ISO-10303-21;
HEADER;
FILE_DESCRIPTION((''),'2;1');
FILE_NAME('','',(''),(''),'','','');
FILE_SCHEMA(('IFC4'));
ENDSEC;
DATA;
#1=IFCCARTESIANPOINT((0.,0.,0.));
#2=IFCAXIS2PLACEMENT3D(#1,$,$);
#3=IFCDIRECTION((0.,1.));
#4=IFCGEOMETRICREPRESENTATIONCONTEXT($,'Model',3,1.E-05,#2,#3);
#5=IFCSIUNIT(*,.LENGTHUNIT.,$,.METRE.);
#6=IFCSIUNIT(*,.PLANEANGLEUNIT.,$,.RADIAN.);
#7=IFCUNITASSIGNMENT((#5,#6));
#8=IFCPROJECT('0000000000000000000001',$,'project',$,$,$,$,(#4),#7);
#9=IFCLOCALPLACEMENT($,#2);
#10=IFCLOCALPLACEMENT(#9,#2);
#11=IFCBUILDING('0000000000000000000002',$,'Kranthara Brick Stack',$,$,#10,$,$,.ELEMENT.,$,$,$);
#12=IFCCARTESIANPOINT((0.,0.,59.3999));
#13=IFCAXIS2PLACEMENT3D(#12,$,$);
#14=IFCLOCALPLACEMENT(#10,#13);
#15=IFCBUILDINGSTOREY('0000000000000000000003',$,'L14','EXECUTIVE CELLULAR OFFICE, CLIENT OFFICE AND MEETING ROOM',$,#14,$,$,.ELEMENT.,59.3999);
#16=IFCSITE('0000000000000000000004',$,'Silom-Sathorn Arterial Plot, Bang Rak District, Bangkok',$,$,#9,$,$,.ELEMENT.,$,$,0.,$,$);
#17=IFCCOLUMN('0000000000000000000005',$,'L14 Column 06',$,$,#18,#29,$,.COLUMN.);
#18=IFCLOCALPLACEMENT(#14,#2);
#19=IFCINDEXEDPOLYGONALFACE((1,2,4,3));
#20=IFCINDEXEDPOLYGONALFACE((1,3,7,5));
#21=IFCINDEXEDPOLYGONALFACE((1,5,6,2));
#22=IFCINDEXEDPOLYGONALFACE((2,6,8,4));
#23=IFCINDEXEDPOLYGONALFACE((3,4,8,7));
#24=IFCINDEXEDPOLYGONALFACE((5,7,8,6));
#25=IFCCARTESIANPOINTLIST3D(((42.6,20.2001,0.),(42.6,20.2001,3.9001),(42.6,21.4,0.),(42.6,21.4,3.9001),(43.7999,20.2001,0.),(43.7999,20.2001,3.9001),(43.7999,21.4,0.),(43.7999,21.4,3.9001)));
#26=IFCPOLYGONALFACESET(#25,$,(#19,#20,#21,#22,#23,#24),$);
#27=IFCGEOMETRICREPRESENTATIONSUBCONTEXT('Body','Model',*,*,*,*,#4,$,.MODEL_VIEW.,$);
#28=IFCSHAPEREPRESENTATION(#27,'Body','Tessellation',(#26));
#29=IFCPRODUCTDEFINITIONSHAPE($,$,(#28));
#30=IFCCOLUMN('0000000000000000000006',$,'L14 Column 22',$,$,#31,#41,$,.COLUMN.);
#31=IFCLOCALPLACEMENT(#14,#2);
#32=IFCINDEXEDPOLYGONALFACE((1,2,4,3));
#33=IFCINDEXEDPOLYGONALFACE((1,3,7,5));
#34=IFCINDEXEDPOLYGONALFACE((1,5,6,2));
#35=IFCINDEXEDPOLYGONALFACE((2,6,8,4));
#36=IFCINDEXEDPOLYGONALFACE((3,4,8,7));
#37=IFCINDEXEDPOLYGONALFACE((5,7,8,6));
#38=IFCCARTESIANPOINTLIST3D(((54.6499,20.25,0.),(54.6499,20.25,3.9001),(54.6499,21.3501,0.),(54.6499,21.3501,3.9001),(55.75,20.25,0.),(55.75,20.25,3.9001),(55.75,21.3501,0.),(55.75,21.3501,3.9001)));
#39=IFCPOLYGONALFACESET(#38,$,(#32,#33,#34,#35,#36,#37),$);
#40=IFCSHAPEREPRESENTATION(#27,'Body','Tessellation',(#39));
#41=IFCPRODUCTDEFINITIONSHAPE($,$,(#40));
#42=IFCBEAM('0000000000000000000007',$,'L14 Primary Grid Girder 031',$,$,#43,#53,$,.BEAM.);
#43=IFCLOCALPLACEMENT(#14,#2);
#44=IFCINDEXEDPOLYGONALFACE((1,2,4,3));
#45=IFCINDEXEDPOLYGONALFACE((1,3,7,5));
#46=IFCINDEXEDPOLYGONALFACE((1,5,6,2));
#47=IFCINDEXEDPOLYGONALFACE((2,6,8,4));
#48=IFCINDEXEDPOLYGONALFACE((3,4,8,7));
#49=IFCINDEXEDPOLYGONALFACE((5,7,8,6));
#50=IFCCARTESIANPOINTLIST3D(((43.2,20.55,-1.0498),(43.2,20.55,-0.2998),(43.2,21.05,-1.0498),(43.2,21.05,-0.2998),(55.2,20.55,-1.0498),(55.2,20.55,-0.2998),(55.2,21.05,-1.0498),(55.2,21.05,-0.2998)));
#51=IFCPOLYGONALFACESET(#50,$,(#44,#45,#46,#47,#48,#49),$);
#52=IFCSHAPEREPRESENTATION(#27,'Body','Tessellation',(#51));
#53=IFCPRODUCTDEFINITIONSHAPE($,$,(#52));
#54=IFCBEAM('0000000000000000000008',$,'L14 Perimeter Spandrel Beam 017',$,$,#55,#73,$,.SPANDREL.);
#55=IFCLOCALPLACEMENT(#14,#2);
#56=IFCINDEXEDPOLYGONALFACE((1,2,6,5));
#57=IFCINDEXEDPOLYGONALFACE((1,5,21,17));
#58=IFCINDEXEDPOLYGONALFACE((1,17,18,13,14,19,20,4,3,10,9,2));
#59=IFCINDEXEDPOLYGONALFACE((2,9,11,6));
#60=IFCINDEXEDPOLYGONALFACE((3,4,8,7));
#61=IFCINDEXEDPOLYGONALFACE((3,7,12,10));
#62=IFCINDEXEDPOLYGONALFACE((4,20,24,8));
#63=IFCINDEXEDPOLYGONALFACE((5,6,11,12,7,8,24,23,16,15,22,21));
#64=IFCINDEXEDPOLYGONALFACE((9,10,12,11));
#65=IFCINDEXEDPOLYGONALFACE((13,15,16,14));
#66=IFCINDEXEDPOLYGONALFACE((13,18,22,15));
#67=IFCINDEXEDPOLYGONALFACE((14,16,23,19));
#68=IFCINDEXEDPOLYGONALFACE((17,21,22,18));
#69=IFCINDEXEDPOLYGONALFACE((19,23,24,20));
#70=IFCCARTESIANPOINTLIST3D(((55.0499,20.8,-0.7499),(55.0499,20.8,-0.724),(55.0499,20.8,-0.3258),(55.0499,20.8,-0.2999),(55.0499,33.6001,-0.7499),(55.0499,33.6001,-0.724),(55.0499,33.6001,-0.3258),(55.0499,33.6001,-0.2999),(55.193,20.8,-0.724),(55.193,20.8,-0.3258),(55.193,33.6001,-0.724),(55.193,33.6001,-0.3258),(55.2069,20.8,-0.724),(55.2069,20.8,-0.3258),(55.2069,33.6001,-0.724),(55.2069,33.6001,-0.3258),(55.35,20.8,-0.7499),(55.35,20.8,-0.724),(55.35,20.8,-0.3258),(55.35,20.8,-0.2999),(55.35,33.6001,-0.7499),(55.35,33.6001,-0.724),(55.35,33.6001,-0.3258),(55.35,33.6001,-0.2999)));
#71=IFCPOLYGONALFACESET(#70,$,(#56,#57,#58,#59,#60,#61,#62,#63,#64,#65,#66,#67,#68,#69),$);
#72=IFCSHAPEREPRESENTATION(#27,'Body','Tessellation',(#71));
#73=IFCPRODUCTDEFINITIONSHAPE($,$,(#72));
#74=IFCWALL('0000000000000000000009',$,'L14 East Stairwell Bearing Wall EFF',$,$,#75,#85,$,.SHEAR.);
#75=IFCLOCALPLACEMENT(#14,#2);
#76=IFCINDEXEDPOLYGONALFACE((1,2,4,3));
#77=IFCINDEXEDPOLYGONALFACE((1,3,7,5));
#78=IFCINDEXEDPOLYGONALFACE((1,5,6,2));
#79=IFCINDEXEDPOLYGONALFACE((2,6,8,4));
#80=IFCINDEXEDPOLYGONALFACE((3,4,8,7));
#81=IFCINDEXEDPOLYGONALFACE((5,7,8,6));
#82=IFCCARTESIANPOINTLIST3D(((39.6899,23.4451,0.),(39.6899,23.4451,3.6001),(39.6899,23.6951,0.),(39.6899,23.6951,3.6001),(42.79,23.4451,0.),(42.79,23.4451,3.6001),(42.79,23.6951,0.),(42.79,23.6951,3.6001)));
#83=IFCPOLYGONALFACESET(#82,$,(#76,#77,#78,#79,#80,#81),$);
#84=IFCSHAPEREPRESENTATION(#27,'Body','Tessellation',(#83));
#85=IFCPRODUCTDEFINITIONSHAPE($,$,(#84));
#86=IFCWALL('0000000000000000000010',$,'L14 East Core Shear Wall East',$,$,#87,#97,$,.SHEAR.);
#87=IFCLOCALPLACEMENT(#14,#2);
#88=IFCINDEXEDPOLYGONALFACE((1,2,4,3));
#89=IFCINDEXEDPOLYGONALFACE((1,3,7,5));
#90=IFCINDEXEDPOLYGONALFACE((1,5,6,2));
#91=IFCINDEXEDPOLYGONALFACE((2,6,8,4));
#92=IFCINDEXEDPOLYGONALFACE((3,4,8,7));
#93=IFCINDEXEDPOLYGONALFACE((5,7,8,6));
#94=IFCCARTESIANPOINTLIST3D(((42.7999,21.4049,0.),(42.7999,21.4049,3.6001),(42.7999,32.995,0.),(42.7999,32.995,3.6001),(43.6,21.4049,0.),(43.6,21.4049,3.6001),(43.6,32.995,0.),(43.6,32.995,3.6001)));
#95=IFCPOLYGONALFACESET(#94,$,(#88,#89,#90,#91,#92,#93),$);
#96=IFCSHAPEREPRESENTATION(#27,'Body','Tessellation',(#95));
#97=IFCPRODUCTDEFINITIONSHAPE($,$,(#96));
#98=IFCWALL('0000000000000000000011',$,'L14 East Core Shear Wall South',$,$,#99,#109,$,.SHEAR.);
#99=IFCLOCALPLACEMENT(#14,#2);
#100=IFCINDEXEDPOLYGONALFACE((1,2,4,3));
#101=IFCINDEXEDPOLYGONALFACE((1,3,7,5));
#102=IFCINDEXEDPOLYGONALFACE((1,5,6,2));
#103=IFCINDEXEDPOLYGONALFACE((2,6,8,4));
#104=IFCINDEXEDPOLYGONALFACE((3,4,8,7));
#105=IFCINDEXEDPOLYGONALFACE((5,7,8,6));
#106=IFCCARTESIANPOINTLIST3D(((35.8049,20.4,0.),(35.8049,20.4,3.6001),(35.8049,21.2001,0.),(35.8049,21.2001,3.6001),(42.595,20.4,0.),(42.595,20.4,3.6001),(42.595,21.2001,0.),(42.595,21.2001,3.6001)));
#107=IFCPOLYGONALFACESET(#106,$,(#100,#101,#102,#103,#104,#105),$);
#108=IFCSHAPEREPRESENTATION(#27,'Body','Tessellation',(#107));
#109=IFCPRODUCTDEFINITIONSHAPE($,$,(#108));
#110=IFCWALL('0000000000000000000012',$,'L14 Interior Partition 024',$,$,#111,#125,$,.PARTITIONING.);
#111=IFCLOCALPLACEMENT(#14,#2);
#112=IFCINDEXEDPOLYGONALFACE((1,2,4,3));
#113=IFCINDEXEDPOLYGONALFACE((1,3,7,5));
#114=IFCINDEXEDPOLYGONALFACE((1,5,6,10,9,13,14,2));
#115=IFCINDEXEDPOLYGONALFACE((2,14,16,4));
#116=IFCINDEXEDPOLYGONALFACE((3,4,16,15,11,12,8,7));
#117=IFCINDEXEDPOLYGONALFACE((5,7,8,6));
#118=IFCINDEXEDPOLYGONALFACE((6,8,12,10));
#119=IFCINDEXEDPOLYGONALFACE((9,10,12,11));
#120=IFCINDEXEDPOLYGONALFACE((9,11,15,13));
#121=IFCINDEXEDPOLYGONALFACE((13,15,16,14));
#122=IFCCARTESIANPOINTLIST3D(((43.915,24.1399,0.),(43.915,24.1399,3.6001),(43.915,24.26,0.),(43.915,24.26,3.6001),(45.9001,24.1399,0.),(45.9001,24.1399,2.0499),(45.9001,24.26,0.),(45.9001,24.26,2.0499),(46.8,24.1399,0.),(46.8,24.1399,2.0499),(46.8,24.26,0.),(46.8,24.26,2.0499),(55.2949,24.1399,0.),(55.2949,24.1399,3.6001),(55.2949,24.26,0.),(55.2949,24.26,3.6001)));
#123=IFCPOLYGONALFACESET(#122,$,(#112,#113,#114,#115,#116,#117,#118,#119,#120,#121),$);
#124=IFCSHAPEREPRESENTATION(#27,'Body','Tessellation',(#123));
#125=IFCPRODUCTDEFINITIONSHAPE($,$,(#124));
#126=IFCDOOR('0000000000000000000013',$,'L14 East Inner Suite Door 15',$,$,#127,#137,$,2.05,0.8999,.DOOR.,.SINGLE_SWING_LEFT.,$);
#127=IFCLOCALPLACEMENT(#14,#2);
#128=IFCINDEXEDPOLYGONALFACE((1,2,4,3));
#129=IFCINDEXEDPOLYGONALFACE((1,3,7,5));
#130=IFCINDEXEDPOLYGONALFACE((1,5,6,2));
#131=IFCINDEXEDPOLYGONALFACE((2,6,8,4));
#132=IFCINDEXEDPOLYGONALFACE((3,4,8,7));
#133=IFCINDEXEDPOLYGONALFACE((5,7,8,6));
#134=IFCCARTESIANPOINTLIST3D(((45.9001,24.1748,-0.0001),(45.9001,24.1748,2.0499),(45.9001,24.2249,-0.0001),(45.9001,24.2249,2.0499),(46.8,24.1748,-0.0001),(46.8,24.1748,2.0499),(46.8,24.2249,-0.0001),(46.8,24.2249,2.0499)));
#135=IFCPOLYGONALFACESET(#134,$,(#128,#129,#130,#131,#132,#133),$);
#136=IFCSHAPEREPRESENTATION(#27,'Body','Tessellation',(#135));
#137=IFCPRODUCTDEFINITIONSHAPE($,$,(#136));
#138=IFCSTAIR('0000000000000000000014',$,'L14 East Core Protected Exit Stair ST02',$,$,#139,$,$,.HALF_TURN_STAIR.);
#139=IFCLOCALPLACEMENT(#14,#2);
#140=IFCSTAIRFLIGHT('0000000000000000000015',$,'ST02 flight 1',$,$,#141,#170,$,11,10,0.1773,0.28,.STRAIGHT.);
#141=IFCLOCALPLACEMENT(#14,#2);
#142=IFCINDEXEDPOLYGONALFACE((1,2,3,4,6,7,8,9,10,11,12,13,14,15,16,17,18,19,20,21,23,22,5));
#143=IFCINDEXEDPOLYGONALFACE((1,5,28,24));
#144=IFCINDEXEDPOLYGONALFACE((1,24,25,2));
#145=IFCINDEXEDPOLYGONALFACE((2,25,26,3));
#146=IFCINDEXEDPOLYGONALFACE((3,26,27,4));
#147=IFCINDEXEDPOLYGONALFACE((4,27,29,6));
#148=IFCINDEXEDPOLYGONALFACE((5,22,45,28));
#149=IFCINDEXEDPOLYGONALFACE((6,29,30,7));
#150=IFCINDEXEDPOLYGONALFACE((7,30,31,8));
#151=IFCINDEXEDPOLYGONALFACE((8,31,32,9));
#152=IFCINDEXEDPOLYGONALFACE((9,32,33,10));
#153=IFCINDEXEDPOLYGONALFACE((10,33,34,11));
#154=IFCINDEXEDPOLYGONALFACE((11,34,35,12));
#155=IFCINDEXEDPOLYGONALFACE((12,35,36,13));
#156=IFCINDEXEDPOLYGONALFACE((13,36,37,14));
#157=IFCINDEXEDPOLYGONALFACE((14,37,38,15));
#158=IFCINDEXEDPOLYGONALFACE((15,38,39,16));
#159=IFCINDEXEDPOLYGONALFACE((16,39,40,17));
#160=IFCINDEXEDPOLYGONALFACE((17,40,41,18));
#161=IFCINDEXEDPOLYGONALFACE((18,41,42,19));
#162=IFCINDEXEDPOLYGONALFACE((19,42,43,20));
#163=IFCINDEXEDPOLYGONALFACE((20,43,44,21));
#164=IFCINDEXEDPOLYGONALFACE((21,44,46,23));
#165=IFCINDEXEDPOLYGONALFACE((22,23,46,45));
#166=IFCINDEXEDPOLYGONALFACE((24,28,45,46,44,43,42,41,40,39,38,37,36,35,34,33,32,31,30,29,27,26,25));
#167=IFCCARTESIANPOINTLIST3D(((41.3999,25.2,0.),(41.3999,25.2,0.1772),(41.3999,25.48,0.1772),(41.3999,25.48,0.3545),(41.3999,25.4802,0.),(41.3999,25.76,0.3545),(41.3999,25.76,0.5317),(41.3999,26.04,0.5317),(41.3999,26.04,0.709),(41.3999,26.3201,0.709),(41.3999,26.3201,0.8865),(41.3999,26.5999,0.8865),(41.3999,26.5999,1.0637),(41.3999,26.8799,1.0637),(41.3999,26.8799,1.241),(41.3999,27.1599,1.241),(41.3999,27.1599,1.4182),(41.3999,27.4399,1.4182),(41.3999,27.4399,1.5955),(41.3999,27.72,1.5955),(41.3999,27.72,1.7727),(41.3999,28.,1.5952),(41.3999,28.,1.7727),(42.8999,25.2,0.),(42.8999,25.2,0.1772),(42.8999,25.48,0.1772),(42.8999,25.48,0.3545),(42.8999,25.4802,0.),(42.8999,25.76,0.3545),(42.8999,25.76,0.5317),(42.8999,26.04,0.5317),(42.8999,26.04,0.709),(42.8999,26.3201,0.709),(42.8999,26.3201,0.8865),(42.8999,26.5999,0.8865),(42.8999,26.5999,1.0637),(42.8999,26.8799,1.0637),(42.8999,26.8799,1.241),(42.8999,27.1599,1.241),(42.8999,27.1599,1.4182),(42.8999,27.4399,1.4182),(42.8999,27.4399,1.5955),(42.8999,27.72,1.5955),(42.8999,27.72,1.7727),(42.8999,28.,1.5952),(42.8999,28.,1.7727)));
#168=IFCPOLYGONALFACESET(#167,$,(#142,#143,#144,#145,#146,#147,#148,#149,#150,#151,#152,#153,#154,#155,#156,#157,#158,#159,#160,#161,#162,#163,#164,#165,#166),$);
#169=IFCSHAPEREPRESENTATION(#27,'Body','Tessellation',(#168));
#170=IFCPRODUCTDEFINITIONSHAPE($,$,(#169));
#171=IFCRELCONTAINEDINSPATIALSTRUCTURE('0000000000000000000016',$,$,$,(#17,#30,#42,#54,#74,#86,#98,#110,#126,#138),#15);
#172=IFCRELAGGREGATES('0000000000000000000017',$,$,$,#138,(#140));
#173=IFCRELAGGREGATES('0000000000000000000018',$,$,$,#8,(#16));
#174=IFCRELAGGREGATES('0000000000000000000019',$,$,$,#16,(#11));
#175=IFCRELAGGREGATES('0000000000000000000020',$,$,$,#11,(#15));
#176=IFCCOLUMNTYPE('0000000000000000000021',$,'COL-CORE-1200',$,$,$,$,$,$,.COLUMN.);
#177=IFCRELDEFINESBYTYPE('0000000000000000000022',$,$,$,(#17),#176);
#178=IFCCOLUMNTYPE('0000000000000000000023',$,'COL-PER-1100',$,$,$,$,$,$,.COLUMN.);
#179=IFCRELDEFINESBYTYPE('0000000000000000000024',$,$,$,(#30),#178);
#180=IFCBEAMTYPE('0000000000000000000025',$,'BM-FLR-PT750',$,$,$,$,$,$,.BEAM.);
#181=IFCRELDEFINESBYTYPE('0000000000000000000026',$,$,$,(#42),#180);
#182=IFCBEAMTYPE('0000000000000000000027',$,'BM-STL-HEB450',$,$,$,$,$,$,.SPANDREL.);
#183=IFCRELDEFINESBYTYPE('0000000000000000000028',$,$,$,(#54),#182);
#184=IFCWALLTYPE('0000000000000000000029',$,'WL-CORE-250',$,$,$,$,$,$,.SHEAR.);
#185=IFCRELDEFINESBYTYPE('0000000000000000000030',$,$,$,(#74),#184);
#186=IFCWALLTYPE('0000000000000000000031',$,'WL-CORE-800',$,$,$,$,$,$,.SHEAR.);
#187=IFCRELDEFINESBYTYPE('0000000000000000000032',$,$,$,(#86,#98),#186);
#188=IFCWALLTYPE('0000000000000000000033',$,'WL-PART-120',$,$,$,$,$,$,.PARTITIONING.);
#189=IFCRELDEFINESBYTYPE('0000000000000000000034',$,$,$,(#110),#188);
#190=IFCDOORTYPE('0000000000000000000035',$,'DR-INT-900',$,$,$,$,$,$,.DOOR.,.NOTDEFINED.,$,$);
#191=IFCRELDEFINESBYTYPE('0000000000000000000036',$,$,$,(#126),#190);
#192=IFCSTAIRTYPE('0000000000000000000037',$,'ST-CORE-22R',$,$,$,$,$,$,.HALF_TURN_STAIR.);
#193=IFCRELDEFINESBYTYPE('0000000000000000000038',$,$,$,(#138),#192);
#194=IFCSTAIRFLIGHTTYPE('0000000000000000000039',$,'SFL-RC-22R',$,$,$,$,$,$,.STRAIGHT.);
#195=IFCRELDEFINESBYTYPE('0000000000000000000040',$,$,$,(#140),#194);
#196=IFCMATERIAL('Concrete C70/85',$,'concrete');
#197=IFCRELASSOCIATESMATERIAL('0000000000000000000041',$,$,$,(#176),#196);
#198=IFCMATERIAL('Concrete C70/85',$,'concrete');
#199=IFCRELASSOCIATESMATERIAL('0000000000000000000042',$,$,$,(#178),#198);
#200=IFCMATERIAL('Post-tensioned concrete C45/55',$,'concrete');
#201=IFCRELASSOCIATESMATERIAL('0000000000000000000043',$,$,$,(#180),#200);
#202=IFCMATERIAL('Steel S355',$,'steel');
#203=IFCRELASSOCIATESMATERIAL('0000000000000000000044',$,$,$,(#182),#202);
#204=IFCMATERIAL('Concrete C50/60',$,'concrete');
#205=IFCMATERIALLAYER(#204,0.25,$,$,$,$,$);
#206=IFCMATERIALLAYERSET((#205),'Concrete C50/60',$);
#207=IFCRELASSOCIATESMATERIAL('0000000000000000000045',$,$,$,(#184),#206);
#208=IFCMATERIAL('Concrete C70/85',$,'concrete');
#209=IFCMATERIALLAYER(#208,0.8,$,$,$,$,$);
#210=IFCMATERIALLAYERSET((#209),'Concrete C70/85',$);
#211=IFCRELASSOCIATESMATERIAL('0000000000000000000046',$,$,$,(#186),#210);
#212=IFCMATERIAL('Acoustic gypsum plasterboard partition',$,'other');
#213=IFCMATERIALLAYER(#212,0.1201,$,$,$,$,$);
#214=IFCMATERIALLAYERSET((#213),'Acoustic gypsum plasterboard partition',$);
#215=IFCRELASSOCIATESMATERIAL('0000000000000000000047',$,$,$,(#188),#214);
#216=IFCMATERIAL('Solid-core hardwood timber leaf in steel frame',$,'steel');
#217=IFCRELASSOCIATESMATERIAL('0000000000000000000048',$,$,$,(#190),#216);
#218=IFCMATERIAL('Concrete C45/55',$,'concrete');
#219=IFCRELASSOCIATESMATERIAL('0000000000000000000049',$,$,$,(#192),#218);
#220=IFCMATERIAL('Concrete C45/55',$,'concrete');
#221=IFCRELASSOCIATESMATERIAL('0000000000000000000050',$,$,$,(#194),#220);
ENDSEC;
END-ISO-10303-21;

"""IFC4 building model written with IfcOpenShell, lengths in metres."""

from ifc_helpers import new_model, si_unit, direction, frame, frame_2d, origin, origin_2d, place, context, subcontext, project, spatial, polyline, rectangle, i_section, outline, extrude, material, layer, layer_set, material_profile, profile_set, type_object, element, fill, aggregate, save


model = new_model("IFC4")

# Units and contexts
model_context = context("Model", 3, precision=1e-05, world=origin(), true_north=direction((0.0, 1.0)))
body_context = subcontext(model_context, "Body", "Model", "MODEL_VIEW")
ifc_project = project(units=[si_unit("LENGTHUNIT", "METRE"), si_unit("PLANEANGLEUNIT", "RADIAN")], contexts=[model_context])

# Site, building, storey
site_placement = place(None, origin())
site = spatial("IfcSite", under=ifc_project, at=site_placement, Name="Silom-Sathorn Arterial Plot, Bang Rak District, Bangkok", CompositionType="ELEMENT", RefElevation=0.0)
building_placement = place(site_placement, origin())
building = spatial("IfcBuilding", under=site, at=building_placement, Name="Kranthara Brick Stack", CompositionType="ELEMENT")
storey_placement = place(building_placement, frame((0.0, 0.0, 59.3999)))
storey = spatial("IfcBuildingStorey", under=building, at=storey_placement, Name="L14", Description="EXECUTIVE CELLULAR OFFICE, CLIENT OFFICE AND MEETING ROOM", CompositionType="ELEMENT", Elevation=59.3999)

# Columns
ifc_material_1 = material(Name="Concrete C70/85", Category="concrete")
ifc_material_profile_1 = material_profile(ifc_material_1, rectangle(XDim=1.2, YDim=1.2, at=origin_2d()), Name="RC 1200x1200")
ifc_profile_set_1 = profile_set([ifc_material_profile_1], Name="Concrete C70/85")
column_type_1 = type_object("IfcColumnType", Name="COL-CORE-1200", PredefinedType="COLUMN", material=ifc_profile_set_1)
column_1_placement = place(storey_placement, frame((43.2, 20.8, 0.0), z_axis=(0.0, 0.0, 1.0), x_axis=(1.0, 0.0, 0.0)))
element("IfcColumn", 1, at=column_1_placement, inside=storey, type_object=column_type_1, Name="L14 Column 06", PredefinedType="COLUMN", context=body_context, shape_type="SweptSolid", body=[
    extrude(rectangle(XDim=1.2, YDim=1.2, at=origin_2d()), origin(), (0.0, 0.0, 1.0), 3.9001),
])
ifc_material_2 = material(Name="Concrete C70/85", Category="concrete")
ifc_material_profile_2 = material_profile(ifc_material_2, rectangle(XDim=1.1001, YDim=1.1001, at=origin_2d()), Name="RC 1100x1100")
ifc_profile_set_2 = profile_set([ifc_material_profile_2], Name="Concrete C70/85")
column_type_2 = type_object("IfcColumnType", Name="COL-PER-1100", PredefinedType="COLUMN", material=ifc_profile_set_2)
column_2_placement = place(storey_placement, frame((55.2, 20.8, 0.0), z_axis=(0.0, 0.0, 1.0), x_axis=(1.0, 0.0, 0.0)))
element("IfcColumn", 2, at=column_2_placement, inside=storey, type_object=column_type_2, Name="L14 Column 22", PredefinedType="COLUMN", context=body_context, shape_type="SweptSolid", body=[
    extrude(rectangle(XDim=1.1001, YDim=1.1001, at=origin_2d()), origin(), (0.0, 0.0, 1.0), 3.9001),
])

# Beams
ifc_material_3 = material(Name="Post-tensioned concrete C45/55", Category="concrete")
ifc_material_profile_3 = material_profile(ifc_material_3, rectangle(XDim=0.5, YDim=0.75, at=origin_2d()), Name="PT 500x750")
ifc_profile_set_3 = profile_set([ifc_material_profile_3], Name="Post-tensioned concrete C45/55")
beam_type_1 = type_object("IfcBeamType", Name="BM-FLR-PT750", PredefinedType="BEAM", material=ifc_profile_set_3)
beam_1_placement = place(storey_placement, frame((43.2, 20.8, -0.6748), z_axis=(1.0, 0.0, 0.0), x_axis=(0.0, 1.0, 0.0)))
element("IfcBeam", 3, at=beam_1_placement, inside=storey, type_object=beam_type_1, Name="L14 Primary Grid Girder 031", PredefinedType="BEAM", context=body_context, shape_type="SweptSolid", body=[
    extrude(rectangle(XDim=0.5, YDim=0.75, at=origin_2d()), origin(), (0.0, 0.0, 1.0), 12.0),
])
ifc_material_4 = material(Name="Steel S355", Category="steel")
ifc_material_profile_4 = material_profile(ifc_material_4, i_section(OverallWidth=0.3, OverallDepth=0.45, WebThickness=0.0139, FlangeThickness=0.0259, at=origin_2d()), Name="HEB 450")
ifc_profile_set_4 = profile_set([ifc_material_profile_4], Name="Steel S355")
beam_type_2 = type_object("IfcBeamType", Name="BM-STL-HEB450", PredefinedType="SPANDREL", material=ifc_profile_set_4)
beam_2_placement = place(storey_placement, frame((55.2, 20.8, -0.5249), z_axis=(0.0, 1.0, 0.0), x_axis=(-1.0, 0.0, 0.0)))
element("IfcBeam", 4, at=beam_2_placement, inside=storey, type_object=beam_type_2, Name="L14 Perimeter Spandrel Beam 017", PredefinedType="SPANDREL", context=body_context, shape_type="SweptSolid", body=[
    extrude(i_section(OverallWidth=0.3, OverallDepth=0.45, WebThickness=0.0139, FlangeThickness=0.0259, at=origin_2d()), origin(), (0.0, 0.0, 1.0), 12.8),
])

# Shared definitions
ifc_material_5 = material(Name="Concrete C50/60", Category="concrete")
ifc_layer_1 = layer(ifc_material_5, 0.25)
ifc_layer_set_1 = layer_set([ifc_layer_1], Name="Concrete C50/60")
wall_type_1 = type_object("IfcWallType", Name="WL-CORE-250", PredefinedType="SHEAR", material=ifc_layer_set_1)

# Walls
wall_1_placement = place(storey_placement, frame((39.6899, 23.5701, 0.0), z_axis=(0.0, 0.0, 1.0), x_axis=(1.0, 0.0, 0.0)))
element("IfcWall", 5, at=wall_1_placement, inside=storey, type_object=wall_type_1, Name="L14 East Stairwell Bearing Wall EFF", PredefinedType="SHEAR", context=body_context, shape_type="SweptSolid", body=[
    extrude(rectangle(XDim=3.1001, YDim=0.25, at=frame_2d((1.55, 0.0))), origin(), (0.0, 0.0, 1.0), 3.6001),
])
ifc_material_6 = material(Name="Concrete C70/85", Category="concrete")
ifc_layer_2 = layer(ifc_material_6, 0.8)
ifc_layer_set_2 = layer_set([ifc_layer_2], Name="Concrete C70/85")
wall_type_2 = type_object("IfcWallType", Name="WL-CORE-800", PredefinedType="SHEAR", material=ifc_layer_set_2)
wall_2_placement = place(storey_placement, frame((43.2, 21.405, 0.0), z_axis=(0.0, 0.0, 1.0), x_axis=(0.0, 1.0, 0.0)))
element("IfcWall", 6, at=wall_2_placement, inside=storey, type_object=wall_type_2, Name="L14 East Core Shear Wall East", PredefinedType="SHEAR", context=body_context, shape_type="SweptSolid", body=[
    extrude(rectangle(XDim=11.5901, YDim=0.8, at=frame_2d((5.7949, 0.0))), origin(), (0.0, 0.0, 1.0), 3.6001),
])
wall_3_placement = place(storey_placement, frame((35.8049, 20.8, 0.0), z_axis=(0.0, 0.0, 1.0), x_axis=(1.0, 0.0, 0.0)))
element("IfcWall", 7, at=wall_3_placement, inside=storey, type_object=wall_type_2, Name="L14 East Core Shear Wall South", PredefinedType="SHEAR", context=body_context, shape_type="SweptSolid", body=[
    extrude(rectangle(XDim=6.79, YDim=0.8, at=frame_2d((3.395, 0.0))), origin(), (0.0, 0.0, 1.0), 3.6001),
])

# Wall, opening, door
ifc_material_7 = material(Name="Acoustic gypsum plasterboard partition", Category="other")
ifc_layer_3 = layer(ifc_material_7, 0.1201)
ifc_layer_set_3 = layer_set([ifc_layer_3], Name="Acoustic gypsum plasterboard partition")
wall_type_3 = type_object("IfcWallType", Name="WL-PART-120", PredefinedType="PARTITIONING", material=ifc_layer_set_3)
wall_4_placement = place(storey_placement, frame((43.915, 24.2, 0.0), z_axis=(0.0, 0.0, 1.0), x_axis=(1.0, 0.0, 0.0)))
wall_4 = element("IfcWall", 8, at=wall_4_placement, inside=storey, type_object=wall_type_3, Name="L14 Interior Partition 024", PredefinedType="PARTITIONING", context=body_context, shape_type="SweptSolid", body=[
    extrude(rectangle(XDim=11.3799, YDim=0.1201, at=frame_2d((5.6899, 0.0))), origin(), (0.0, 0.0, 1.0), 3.6001),
])
opening_1_placement = place(wall_4_placement, frame((1.9851, 0.0, 0.0)))
opening_1 = element("IfcOpeningElement", 9, at=opening_1_placement, cuts=wall_4, PredefinedType="OPENING", context=body_context, shape_type="SweptSolid", body=[
    extrude(rectangle(XDim=0.8999, YDim=2.05, at=frame_2d((0.45, 1.0249))), frame((0.0, 0.0701, 0.0), z_axis=(0.0, -1.0, 0.0), x_axis=(1.0, 0.0, 0.0)), (0.0, 0.0, 1.0), 0.1401),
])
ifc_material_8 = material(Name="Solid-core hardwood timber leaf in steel frame", Category="steel")
door_type_1 = type_object("IfcDoorType", Name="DR-INT-900", OperationType="NOTDEFINED", PredefinedType="DOOR", material=ifc_material_8)
door_1_placement = place(opening_1_placement, origin())
door_1 = element("IfcDoor", 10, at=door_1_placement, inside=storey, type_object=door_type_1, Name="L14 East Inner Suite Door 15", OperationType="SINGLE_SWING_LEFT", OverallHeight=2.05, OverallWidth=0.8999, PredefinedType="DOOR", context=body_context, shape_type="SweptSolid", body=[
    extrude(rectangle(XDim=0.8999, YDim=2.05, at=frame_2d((0.45, 1.0249))), frame((0.0, 0.0249, 0.0), z_axis=(0.0, -1.0, 0.0), x_axis=(1.0, 0.0, 0.0)), (0.0, 0.0, 1.0), 0.05),
])
fill(opening_1, door_1)

# Stair, stair flight
ifc_material_9 = material(Name="Concrete C45/55", Category="concrete")
stair_type = type_object("IfcStairType", Name="ST-CORE-22R", PredefinedType="HALF_TURN_STAIR", material=ifc_material_9)
stair_placement = place(storey_placement, origin())
stair = element("IfcStair", 11, at=stair_placement, inside=storey, type_object=stair_type, Name="L14 East Core Protected Exit Stair ST02", PredefinedType="HALF_TURN_STAIR")
ifc_material_10 = material(Name="Concrete C45/55", Category="concrete")
stair_flight_type = type_object("IfcStairFlightType", Name="SFL-RC-22R", PredefinedType="STRAIGHT", material=ifc_material_10)
stair_flight_placement = place(storey_placement, frame((42.1499, 25.2, 0.0), z_axis=(0.0, 0.0, 1.0), x_axis=(0.0, 1.0, 0.0)))
stair_flight = element("IfcStairFlight", 12, at=stair_flight_placement, type_object=stair_flight_type, Name="ST02 flight 1", NumberOfRisers=11, NumberOfTreads=10, PredefinedType="STRAIGHT", RiserHeight=0.1773, TreadLength=0.28, context=body_context, shape_type="SweptSolid", body=[
    extrude(outline(polyline([(0.0, 0.0), (0.0, 0.1772), (0.28, 0.1772), (0.28, 0.3545), (0.5601, 0.3545), (0.5601, 0.5317), (0.8401, 0.5317), (0.8401, 0.709), (1.1201, 0.709), (1.1201, 0.8865), (1.3999, 0.8865), (1.3999, 1.0637), (1.6799, 1.0637), (1.6799, 1.241), (1.96, 1.241), (1.96, 1.4182), (2.24, 1.4182), (2.24, 1.5955), (2.52, 1.5955), (2.52, 1.7727), (2.8, 1.7727), (2.8, 1.95), (2.8, 1.5952), (0.2803, 0.0), (0.0, 0.0)])), frame((0.0, 0.75, 0.0), z_axis=(0.0, -1.0, 0.0), x_axis=(1.0, 0.0, 0.0)), (0.0, 0.0, 1.0), 1.5),
])
aggregate(stair, [stair_flight])

save(model, "model.ifc")
